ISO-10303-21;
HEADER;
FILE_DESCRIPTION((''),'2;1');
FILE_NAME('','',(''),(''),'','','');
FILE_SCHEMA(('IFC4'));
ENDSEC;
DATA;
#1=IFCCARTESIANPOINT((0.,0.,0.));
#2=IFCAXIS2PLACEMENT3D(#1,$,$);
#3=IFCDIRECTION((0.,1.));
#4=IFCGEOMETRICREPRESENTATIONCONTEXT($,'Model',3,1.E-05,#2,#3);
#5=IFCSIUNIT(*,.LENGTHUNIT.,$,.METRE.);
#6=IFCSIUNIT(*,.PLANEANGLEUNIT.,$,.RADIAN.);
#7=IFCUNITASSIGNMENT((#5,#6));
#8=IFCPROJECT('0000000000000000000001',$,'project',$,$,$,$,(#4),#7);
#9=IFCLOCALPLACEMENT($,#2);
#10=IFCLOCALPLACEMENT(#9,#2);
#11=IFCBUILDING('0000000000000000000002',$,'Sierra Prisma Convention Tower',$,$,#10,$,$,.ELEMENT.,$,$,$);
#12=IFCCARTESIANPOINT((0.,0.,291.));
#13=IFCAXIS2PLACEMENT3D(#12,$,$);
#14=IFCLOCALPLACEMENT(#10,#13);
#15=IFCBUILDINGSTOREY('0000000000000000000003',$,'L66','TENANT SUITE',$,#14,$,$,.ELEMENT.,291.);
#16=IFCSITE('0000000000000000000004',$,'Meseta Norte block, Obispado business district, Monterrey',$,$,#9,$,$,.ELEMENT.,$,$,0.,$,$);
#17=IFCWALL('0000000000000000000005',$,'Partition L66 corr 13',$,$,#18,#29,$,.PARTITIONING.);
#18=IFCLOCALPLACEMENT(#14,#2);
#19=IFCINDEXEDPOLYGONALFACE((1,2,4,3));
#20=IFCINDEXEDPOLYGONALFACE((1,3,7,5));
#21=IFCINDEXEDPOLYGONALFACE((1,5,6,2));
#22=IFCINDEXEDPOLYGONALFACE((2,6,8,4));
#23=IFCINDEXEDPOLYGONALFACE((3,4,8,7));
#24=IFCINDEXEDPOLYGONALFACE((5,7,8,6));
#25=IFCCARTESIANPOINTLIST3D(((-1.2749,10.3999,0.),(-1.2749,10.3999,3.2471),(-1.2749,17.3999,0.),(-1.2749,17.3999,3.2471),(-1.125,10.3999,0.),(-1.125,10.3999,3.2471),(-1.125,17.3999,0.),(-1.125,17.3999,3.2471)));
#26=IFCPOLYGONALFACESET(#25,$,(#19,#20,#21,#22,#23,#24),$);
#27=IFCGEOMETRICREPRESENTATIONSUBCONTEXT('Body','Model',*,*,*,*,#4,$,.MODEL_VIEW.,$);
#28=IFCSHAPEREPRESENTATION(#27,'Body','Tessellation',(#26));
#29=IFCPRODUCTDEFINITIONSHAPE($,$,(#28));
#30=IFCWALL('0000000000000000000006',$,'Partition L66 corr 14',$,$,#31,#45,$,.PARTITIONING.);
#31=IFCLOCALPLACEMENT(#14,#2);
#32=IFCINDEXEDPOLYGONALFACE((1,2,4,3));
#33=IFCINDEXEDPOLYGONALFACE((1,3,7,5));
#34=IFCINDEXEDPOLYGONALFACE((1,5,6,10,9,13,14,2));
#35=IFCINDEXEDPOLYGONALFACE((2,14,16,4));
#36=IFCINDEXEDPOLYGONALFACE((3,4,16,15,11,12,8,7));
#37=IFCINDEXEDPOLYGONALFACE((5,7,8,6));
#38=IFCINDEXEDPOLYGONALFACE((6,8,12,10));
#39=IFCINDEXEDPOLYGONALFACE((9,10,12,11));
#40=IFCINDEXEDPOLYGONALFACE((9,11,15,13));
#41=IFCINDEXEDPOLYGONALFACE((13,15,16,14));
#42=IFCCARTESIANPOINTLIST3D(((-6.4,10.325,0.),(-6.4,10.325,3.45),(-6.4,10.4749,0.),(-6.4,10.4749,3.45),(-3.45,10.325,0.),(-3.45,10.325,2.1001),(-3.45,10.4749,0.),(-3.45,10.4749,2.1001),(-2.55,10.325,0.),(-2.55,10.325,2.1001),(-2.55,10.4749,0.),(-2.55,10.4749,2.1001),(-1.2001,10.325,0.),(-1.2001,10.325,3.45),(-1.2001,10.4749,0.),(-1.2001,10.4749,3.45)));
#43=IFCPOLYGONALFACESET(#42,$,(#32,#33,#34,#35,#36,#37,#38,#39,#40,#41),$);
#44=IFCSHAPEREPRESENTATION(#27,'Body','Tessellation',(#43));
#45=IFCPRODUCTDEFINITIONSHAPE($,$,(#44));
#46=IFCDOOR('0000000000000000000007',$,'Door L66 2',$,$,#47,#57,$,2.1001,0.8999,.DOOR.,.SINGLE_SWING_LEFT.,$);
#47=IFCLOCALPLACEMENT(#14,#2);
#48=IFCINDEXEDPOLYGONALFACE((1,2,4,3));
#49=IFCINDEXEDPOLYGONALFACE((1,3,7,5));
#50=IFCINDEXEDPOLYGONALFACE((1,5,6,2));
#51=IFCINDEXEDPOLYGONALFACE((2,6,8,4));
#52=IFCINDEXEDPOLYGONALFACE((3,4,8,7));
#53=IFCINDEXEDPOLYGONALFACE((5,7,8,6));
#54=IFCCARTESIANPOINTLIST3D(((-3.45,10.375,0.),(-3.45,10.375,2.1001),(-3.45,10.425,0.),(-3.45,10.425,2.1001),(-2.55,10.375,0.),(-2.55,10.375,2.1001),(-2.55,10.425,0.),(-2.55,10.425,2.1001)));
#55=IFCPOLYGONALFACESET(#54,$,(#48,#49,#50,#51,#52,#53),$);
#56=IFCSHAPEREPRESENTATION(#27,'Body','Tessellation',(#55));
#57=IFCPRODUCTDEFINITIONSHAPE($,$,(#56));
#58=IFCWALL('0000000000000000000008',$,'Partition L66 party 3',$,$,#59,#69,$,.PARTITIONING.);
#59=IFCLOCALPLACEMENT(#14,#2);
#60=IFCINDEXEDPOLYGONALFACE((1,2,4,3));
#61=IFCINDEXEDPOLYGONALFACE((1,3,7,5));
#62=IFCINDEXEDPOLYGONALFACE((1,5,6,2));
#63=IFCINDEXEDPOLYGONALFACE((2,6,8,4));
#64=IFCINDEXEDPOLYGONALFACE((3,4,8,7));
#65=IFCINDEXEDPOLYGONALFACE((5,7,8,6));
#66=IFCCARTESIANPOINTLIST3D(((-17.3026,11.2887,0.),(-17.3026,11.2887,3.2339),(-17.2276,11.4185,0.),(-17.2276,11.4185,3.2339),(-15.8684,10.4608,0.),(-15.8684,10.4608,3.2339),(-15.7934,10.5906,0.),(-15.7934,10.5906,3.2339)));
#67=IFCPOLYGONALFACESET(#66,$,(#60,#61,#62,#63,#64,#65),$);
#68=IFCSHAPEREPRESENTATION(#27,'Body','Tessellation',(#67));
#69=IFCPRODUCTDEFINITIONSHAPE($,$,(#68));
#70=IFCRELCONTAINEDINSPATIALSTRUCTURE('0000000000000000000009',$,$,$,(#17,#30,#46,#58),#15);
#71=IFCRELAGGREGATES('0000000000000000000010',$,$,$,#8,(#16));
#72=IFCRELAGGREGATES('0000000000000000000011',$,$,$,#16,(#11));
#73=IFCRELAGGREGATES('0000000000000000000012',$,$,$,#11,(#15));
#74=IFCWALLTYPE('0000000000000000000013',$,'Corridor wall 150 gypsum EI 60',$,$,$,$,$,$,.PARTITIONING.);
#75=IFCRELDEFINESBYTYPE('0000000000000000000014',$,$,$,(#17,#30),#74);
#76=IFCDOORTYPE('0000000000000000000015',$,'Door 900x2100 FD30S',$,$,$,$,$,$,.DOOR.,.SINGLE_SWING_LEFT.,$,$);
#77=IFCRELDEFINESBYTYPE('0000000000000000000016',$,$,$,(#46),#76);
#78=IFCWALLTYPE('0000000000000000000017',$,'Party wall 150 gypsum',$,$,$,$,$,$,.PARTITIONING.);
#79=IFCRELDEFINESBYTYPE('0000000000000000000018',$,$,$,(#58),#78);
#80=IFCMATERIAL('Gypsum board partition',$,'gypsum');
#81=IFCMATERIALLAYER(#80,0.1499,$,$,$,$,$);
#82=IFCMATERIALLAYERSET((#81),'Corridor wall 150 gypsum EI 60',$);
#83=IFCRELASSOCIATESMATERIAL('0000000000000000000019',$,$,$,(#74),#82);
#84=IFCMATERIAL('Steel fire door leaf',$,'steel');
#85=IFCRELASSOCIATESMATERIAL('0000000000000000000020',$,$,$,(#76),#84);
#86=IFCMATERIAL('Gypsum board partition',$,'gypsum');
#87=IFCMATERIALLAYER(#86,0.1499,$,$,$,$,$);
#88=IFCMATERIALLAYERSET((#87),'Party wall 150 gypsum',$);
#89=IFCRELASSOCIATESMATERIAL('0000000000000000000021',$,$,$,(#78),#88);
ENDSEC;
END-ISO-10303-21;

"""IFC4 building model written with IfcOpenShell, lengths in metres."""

from ifc_helpers import new_model, si_unit, direction, frame, frame_2d, origin, place, context, subcontext, project, spatial, rectangle, extrude, material, layer, layer_set, type_object, element, fill, save


model = new_model("IFC4")

# Units and contexts
model_context = context("Model", 3, precision=1e-05, world=origin(), true_north=direction((0.0, 1.0)))
body_context = subcontext(model_context, "Body", "Model", "MODEL_VIEW")
ifc_project = project(units=[si_unit("LENGTHUNIT", "METRE"), si_unit("PLANEANGLEUNIT", "RADIAN")], contexts=[model_context])

# Site, building, storey
site_placement = place(None, origin())
site = spatial("IfcSite", under=ifc_project, at=site_placement, Name="Meseta Norte block, Obispado business district, Monterrey", CompositionType="ELEMENT", RefElevation=0.0)
building_placement = place(site_placement, origin())
building = spatial("IfcBuilding", under=site, at=building_placement, Name="Sierra Prisma Convention Tower", CompositionType="ELEMENT")
storey_placement = place(building_placement, frame((0.0, 0.0, 291.0)))
storey = spatial("IfcBuildingStorey", under=building, at=storey_placement, Name="L66", Description="TENANT SUITE", CompositionType="ELEMENT", Elevation=291.0)

# Shared definitions
ifc_material_1 = material(Name="Gypsum board partition", Category="gypsum")
ifc_layer_1 = layer(ifc_material_1, 0.1499)
ifc_layer_set_1 = layer_set([ifc_layer_1], Name="Corridor wall 150 gypsum EI 60")
wall_type_1 = type_object("IfcWallType", Name="Corridor wall 150 gypsum EI 60", PredefinedType="PARTITIONING", material=ifc_layer_set_1)

# Wall
wall_1_placement = place(storey_placement, frame((-1.2, 17.3999, 0.0), z_axis=(0.0, 0.0, 1.0), x_axis=(0.0, -1.0, 0.0)))
element("IfcWall", 1, at=wall_1_placement, inside=storey, type_object=wall_type_1, Name="Partition L66 corr 13", PredefinedType="PARTITIONING", context=body_context, shape_type="SweptSolid", body=[
    extrude(rectangle(XDim=7.0, YDim=0.1499, at=frame_2d((3.5, 0.0))), origin(), (0.0, 0.0, 1.0), 3.2471),
])

# Wall, opening, door
wall_2_placement = place(storey_placement, frame((-1.2, 10.3999, 0.0), z_axis=(0.0, 0.0, 1.0), x_axis=(-1.0, 0.0, 0.0)))
wall_2 = element("IfcWall", 2, at=wall_2_placement, inside=storey, type_object=wall_type_1, Name="Partition L66 corr 14", PredefinedType="PARTITIONING", context=body_context, shape_type="SweptSolid", body=[
    extrude(rectangle(XDim=5.2, YDim=0.1499, at=frame_2d((2.6001, 0.0))), origin(), (0.0, 0.0, 1.0), 3.45),
])
opening_1_placement = place(wall_2_placement, frame((1.3501, 0.0, 0.0)))
opening_1 = element("IfcOpeningElement", 3, at=opening_1_placement, cuts=wall_2, PredefinedType="OPENING", context=body_context, shape_type="SweptSolid", body=[
    extrude(rectangle(XDim=0.8999, YDim=2.1001, at=frame_2d((0.45, 1.05))), frame((0.0, 0.075, 0.0), z_axis=(0.0, -1.0, 0.0), x_axis=(1.0, 0.0, 0.0)), (0.0, 0.0, 1.0), 0.1499),
])
ifc_material_2 = material(Name="Steel fire door leaf", Category="steel")
door_type_1 = type_object("IfcDoorType", Name="Door 900x2100 FD30S", OperationType="SINGLE_SWING_LEFT", PredefinedType="DOOR", material=ifc_material_2)
door_1_placement = place(opening_1_placement, origin())
door_1 = element("IfcDoor", 4, at=door_1_placement, inside=storey, type_object=door_type_1, Name="Door L66 2", OperationType="SINGLE_SWING_LEFT", OverallHeight=2.1001, OverallWidth=0.8999, PredefinedType="DOOR", context=body_context, shape_type="SweptSolid", body=[
    extrude(rectangle(XDim=0.8999, YDim=2.1001, at=frame_2d((0.45, 1.05))), frame((0.0, 0.0249, 0.0), z_axis=(0.0, -1.0, 0.0), x_axis=(1.0, 0.0, 0.0)), (0.0, 0.0, 1.0), 0.05),
])
fill(opening_1, door_1)

# Wall
ifc_material_3 = material(Name="Gypsum board partition", Category="gypsum")
ifc_layer_2 = layer(ifc_material_3, 0.1499)
ifc_layer_set_2 = layer_set([ifc_layer_2], Name="Party wall 150 gypsum")
wall_type_2 = type_object("IfcWallType", Name="Party wall 150 gypsum", PredefinedType="PARTITIONING", material=ifc_layer_set_2)
wall_3_placement = place(storey_placement, frame((-15.8308, 10.5256, 0.0), z_axis=(0.0, 0.0, 1.0), x_axis=(-0.866048, 0.499961, 0.0)))
element("IfcWall", 5, at=wall_3_placement, inside=storey, type_object=wall_type_2, Name="Partition L66 party 3", PredefinedType="PARTITIONING", context=body_context, shape_type="SweptSolid", body=[
    extrude(rectangle(XDim=1.656, YDim=0.1499, at=frame_2d((0.8281, 0.0))), origin(), (0.0, 0.0, 1.0), 3.2339),
])

save(model, "model.ifc")
